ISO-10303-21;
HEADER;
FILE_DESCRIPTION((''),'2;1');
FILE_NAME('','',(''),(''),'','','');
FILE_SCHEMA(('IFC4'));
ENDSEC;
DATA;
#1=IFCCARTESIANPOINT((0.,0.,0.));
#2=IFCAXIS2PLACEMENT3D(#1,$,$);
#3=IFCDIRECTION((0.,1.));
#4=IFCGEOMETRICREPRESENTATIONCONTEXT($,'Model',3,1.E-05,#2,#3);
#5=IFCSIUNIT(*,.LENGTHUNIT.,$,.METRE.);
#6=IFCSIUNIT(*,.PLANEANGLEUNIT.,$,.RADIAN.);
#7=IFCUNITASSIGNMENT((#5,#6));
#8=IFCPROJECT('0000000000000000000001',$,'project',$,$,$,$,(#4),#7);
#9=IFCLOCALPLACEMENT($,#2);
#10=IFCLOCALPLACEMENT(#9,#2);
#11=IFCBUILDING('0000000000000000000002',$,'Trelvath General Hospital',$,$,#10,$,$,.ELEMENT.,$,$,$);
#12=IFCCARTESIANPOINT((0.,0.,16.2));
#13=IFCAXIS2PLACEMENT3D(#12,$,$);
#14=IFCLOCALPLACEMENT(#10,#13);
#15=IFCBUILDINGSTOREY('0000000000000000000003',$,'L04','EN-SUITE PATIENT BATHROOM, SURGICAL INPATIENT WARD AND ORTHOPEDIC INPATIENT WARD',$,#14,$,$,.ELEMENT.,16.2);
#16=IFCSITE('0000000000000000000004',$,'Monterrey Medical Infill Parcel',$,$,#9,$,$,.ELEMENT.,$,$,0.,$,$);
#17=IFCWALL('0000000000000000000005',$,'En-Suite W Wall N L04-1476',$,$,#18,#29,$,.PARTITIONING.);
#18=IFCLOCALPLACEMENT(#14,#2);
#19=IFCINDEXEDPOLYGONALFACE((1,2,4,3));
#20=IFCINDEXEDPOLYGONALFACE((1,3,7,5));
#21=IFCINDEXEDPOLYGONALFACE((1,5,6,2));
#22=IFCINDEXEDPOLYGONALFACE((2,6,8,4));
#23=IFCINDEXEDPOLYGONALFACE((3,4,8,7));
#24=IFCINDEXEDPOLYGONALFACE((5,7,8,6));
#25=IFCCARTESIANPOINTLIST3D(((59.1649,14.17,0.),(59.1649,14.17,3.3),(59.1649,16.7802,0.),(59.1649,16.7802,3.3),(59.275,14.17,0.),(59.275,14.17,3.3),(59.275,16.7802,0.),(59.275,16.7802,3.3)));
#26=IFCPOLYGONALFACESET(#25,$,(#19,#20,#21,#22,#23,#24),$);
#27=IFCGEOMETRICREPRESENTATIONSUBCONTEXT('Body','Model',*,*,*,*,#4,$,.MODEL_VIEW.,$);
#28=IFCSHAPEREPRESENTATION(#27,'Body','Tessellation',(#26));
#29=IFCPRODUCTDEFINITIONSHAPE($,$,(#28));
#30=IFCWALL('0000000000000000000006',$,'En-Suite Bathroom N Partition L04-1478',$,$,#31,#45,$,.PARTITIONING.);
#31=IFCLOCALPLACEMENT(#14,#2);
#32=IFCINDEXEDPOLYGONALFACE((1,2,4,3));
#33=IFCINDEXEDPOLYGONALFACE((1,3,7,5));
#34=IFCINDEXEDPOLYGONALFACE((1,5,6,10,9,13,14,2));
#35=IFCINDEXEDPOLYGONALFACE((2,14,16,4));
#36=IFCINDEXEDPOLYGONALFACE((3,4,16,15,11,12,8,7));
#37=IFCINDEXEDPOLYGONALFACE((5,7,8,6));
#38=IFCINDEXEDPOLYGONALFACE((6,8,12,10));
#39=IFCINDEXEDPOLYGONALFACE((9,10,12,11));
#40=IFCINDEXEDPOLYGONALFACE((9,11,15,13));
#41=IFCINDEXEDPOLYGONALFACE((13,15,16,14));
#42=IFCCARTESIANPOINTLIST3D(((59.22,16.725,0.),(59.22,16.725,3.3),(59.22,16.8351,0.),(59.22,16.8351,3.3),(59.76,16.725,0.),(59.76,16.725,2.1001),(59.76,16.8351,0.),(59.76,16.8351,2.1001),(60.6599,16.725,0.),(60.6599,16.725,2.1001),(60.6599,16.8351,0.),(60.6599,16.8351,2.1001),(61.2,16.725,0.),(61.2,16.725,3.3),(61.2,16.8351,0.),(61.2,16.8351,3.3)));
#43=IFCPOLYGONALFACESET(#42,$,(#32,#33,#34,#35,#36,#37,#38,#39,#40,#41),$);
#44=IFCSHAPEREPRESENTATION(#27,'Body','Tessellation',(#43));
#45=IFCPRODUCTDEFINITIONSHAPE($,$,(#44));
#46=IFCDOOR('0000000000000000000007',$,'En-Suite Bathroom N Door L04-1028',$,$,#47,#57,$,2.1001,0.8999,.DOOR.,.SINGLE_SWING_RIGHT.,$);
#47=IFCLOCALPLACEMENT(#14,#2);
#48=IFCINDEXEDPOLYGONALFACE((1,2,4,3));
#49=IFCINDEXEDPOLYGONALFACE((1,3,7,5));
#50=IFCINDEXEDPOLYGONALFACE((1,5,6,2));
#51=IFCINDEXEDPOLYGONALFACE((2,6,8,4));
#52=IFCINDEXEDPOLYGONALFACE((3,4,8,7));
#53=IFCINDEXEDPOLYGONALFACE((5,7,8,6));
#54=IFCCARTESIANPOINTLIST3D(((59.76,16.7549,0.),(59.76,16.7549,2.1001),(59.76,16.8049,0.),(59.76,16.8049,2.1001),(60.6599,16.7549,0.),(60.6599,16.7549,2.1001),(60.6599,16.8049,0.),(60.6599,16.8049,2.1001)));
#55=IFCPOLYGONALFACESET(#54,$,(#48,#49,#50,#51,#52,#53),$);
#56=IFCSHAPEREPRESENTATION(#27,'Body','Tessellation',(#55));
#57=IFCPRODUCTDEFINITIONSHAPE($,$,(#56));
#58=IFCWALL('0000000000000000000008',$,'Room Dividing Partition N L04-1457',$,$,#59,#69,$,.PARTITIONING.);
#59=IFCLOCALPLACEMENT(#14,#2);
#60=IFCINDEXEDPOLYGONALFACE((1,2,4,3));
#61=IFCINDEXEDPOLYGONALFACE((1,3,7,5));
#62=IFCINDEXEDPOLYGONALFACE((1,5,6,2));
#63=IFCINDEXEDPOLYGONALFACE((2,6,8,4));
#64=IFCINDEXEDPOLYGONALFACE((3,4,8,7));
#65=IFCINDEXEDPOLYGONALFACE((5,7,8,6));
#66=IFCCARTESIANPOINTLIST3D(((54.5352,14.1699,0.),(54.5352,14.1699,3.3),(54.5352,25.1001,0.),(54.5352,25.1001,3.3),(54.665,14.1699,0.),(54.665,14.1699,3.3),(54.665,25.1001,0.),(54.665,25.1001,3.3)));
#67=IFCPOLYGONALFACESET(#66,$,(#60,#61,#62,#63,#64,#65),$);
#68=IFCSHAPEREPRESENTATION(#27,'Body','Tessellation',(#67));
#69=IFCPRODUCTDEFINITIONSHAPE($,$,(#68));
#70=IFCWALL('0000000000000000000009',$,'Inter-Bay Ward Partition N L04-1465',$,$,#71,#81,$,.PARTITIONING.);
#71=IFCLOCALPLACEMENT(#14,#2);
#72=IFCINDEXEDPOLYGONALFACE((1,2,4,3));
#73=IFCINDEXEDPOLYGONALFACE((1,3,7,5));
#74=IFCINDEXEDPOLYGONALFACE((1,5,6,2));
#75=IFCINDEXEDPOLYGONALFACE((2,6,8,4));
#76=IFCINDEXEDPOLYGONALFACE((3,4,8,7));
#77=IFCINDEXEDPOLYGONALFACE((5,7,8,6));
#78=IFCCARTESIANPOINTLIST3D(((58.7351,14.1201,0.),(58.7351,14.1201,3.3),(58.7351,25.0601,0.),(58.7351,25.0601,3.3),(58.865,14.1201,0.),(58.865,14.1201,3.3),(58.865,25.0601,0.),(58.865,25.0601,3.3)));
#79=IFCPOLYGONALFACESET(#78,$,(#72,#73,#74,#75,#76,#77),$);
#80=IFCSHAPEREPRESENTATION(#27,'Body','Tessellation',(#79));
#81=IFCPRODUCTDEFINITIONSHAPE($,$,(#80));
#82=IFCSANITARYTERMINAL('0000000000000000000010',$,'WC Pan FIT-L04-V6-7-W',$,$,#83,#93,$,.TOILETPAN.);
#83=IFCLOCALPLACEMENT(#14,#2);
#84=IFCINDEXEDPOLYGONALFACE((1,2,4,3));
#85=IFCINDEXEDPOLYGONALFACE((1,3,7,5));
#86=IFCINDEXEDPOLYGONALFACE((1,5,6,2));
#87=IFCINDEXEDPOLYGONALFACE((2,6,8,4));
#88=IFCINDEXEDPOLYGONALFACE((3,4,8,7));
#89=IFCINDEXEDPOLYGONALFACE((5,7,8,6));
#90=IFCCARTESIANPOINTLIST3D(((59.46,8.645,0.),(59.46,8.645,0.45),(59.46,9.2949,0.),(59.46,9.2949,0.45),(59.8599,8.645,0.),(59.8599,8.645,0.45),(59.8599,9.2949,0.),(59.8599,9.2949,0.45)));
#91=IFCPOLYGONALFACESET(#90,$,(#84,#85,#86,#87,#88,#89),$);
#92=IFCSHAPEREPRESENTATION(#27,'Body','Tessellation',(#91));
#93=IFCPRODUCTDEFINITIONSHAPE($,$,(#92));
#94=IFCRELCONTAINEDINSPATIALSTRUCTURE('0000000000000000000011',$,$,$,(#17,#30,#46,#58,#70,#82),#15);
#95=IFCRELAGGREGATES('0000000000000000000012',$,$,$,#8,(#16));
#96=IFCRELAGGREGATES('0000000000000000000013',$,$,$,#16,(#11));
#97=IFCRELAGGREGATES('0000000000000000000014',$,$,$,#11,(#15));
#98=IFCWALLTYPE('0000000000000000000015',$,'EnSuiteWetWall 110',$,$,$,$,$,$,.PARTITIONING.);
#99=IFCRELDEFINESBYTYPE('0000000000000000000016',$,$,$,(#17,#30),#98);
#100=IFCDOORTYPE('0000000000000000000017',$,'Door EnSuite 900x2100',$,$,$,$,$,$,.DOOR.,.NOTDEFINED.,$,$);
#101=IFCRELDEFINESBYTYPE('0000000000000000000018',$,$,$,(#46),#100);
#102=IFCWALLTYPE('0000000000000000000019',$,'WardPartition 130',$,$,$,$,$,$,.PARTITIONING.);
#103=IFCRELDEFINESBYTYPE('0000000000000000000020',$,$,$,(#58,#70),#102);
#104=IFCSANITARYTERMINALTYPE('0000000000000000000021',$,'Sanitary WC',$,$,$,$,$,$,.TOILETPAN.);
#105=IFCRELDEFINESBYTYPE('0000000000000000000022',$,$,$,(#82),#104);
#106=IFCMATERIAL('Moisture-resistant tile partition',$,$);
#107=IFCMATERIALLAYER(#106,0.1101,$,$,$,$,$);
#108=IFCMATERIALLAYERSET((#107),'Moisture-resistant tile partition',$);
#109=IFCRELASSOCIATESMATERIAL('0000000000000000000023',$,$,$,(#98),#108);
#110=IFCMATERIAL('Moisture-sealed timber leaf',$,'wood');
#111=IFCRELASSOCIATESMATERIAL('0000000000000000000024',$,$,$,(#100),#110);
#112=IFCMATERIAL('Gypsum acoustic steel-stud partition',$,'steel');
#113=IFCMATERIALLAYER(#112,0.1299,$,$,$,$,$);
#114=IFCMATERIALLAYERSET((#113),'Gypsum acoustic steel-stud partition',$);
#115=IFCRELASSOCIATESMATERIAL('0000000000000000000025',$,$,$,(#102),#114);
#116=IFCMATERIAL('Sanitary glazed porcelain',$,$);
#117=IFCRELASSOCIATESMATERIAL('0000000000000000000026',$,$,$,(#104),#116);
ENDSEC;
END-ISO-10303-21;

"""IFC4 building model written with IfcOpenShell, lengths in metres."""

from ifc_helpers import new_model, si_unit, direction, frame, frame_2d, origin, origin_2d, place, context, subcontext, project, spatial, rectangle, extrude, material, layer, layer_set, type_object, element, fill, save


model = new_model("IFC4")

# Units and contexts
model_context = context("Model", 3, precision=1e-05, world=origin(), true_north=direction((0.0, 1.0)))
body_context = subcontext(model_context, "Body", "Model", "MODEL_VIEW")
ifc_project = project(units=[si_unit("LENGTHUNIT", "METRE"), si_unit("PLANEANGLEUNIT", "RADIAN")], contexts=[model_context])

# Site, building, storey
site_placement = place(None, origin())
site = spatial("IfcSite", under=ifc_project, at=site_placement, Name="Monterrey Medical Infill Parcel", CompositionType="ELEMENT", RefElevation=0.0)
building_placement = place(site_placement, origin())
building = spatial("IfcBuilding", under=site, at=building_placement, Name="Trelvath General Hospital", CompositionType="ELEMENT")
storey_placement = place(building_placement, frame((0.0, 0.0, 16.2)))
storey = spatial("IfcBuildingStorey", under=building, at=storey_placement, Name="L04", Description="EN-SUITE PATIENT BATHROOM, SURGICAL INPATIENT WARD AND ORTHOPEDIC INPATIENT WARD", CompositionType="ELEMENT", Elevation=16.2)

# Shared definitions
ifc_material_1 = material(Name="Moisture-resistant tile partition")
ifc_layer_1 = layer(ifc_material_1, 0.1101)
ifc_layer_set_1 = layer_set([ifc_layer_1], Name="Moisture-resistant tile partition")
wall_type_1 = type_object("IfcWallType", Name="EnSuiteWetWall 110", PredefinedType="PARTITIONING", material=ifc_layer_set_1)

# Shared definitions
ifc_material_2 = material(Name="Moisture-sealed timber leaf", Category="wood")
door_type_1 = type_object("IfcDoorType", Name="Door EnSuite 900x2100", OperationType="NOTDEFINED", PredefinedType="DOOR", material=ifc_material_2)

# Wall
wall_1_placement = place(storey_placement, frame((59.22, 14.1699, 0.0), z_axis=(0.0, 0.0, 1.0), x_axis=(0.0, 1.0, 0.0)))
element("IfcWall", 1, at=wall_1_placement, inside=storey, type_object=wall_type_1, Name="En-Suite W Wall N L04-1476", PredefinedType="PARTITIONING", context=body_context, shape_type="SweptSolid", body=[
    extrude(rectangle(XDim=2.6101, YDim=0.1101, at=frame_2d((1.3052, 0.0))), origin(), (0.0, 0.0, 1.0), 3.3),
])

# Wall, opening, door
wall_2_placement = place(storey_placement, frame((59.22, 16.78, 0.0), z_axis=(0.0, 0.0, 1.0), x_axis=(1.0, 0.0, 0.0)))
wall_2 = element("IfcWall", 2, at=wall_2_placement, inside=storey, type_object=wall_type_1, Name="En-Suite Bathroom N Partition L04-1478", PredefinedType="PARTITIONING", context=body_context, shape_type="SweptSolid", body=[
    extrude(rectangle(XDim=1.98, YDim=0.1101, at=frame_2d((0.99, 0.0))), origin(), (0.0, 0.0, 1.0), 3.3),
])
opening_1_placement = place(wall_2_placement, frame((0.54, 0.0, 0.0)))
opening_1 = element("IfcOpeningElement", 3, at=opening_1_placement, cuts=wall_2, PredefinedType="OPENING", context=body_context, shape_type="SweptSolid", body=[
    extrude(rectangle(XDim=0.8999, YDim=2.1001, at=frame_2d((0.45, 1.05))), frame((0.0, 0.0649, 0.0), z_axis=(0.0, -1.0, 0.0), x_axis=(1.0, 0.0, 0.0)), (0.0, 0.0, 1.0), 0.1301),
])
door_1_placement = place(opening_1_placement, origin())
door_1 = element("IfcDoor", 4, at=door_1_placement, inside=storey, type_object=door_type_1, Name="En-Suite Bathroom N Door L04-1028", OperationType="SINGLE_SWING_RIGHT", OverallHeight=2.1001, OverallWidth=0.8999, PredefinedType="DOOR", context=body_context, shape_type="SweptSolid", body=[
    extrude(rectangle(XDim=0.8999, YDim=2.1001, at=frame_2d((0.45, 1.05))), frame((0.0, 0.0249, 0.0), z_axis=(0.0, -1.0, 0.0), x_axis=(1.0, 0.0, 0.0)), (0.0, 0.0, 1.0), 0.05),
])
fill(opening_1, door_1)

# Walls
ifc_material_3 = material(Name="Gypsum acoustic steel-stud partition", Category="steel")
ifc_layer_2 = layer(ifc_material_3, 0.1299)
ifc_layer_set_2 = layer_set([ifc_layer_2], Name="Gypsum acoustic steel-stud partition")
wall_type_2 = type_object("IfcWallType", Name="WardPartition 130", PredefinedType="PARTITIONING", material=ifc_layer_set_2)
wall_3_placement = place(storey_placement, frame((54.6001, 14.1699, 0.0), z_axis=(0.0, 0.0, 1.0), x_axis=(0.0, 1.0, 0.0)))
element("IfcWall", 5, at=wall_3_placement, inside=storey, type_object=wall_type_2, Name="Room Dividing Partition N L04-1457", PredefinedType="PARTITIONING", context=body_context, shape_type="SweptSolid", body=[
    extrude(rectangle(XDim=10.9302, YDim=0.1299, at=frame_2d((5.4651, 0.0))), origin(), (0.0, 0.0, 1.0), 3.3),
])
wall_4_placement = place(storey_placement, frame((58.8, 14.1201, 0.0), z_axis=(0.0, 0.0, 1.0), x_axis=(0.0, 1.0, 0.0)))
element("IfcWall", 6, at=wall_4_placement, inside=storey, type_object=wall_type_2, Name="Inter-Bay Ward Partition N L04-1465", PredefinedType="PARTITIONING", context=body_context, shape_type="SweptSolid", body=[
    extrude(rectangle(XDim=10.9399, YDim=0.1299, at=frame_2d((5.47, 0.0))), origin(), (0.0, 0.0, 1.0), 3.3),
])

# Sanitary terminal
ifc_material_4 = material(Name="Sanitary glazed porcelain")
sanitary_terminal_type = type_object("IfcSanitaryTerminalType", Name="Sanitary WC", PredefinedType="TOILETPAN", material=ifc_material_4)
sanitary_terminal_placement = place(storey_placement, frame((59.6599, 8.97, 0.0), z_axis=(0.0, 0.0, 1.0), x_axis=(1.0, 0.0, 0.0)))
element("IfcSanitaryTerminal", 7, at=sanitary_terminal_placement, inside=storey, type_object=sanitary_terminal_type, Name="WC Pan FIT-L04-V6-7-W", PredefinedType="TOILETPAN", context=body_context, shape_type="SweptSolid", body=[
    extrude(rectangle(XDim=0.3999, YDim=0.6499, at=origin_2d()), origin(), (0.0, 0.0, 1.0), 0.45),
])

save(model, "model.ifc")
